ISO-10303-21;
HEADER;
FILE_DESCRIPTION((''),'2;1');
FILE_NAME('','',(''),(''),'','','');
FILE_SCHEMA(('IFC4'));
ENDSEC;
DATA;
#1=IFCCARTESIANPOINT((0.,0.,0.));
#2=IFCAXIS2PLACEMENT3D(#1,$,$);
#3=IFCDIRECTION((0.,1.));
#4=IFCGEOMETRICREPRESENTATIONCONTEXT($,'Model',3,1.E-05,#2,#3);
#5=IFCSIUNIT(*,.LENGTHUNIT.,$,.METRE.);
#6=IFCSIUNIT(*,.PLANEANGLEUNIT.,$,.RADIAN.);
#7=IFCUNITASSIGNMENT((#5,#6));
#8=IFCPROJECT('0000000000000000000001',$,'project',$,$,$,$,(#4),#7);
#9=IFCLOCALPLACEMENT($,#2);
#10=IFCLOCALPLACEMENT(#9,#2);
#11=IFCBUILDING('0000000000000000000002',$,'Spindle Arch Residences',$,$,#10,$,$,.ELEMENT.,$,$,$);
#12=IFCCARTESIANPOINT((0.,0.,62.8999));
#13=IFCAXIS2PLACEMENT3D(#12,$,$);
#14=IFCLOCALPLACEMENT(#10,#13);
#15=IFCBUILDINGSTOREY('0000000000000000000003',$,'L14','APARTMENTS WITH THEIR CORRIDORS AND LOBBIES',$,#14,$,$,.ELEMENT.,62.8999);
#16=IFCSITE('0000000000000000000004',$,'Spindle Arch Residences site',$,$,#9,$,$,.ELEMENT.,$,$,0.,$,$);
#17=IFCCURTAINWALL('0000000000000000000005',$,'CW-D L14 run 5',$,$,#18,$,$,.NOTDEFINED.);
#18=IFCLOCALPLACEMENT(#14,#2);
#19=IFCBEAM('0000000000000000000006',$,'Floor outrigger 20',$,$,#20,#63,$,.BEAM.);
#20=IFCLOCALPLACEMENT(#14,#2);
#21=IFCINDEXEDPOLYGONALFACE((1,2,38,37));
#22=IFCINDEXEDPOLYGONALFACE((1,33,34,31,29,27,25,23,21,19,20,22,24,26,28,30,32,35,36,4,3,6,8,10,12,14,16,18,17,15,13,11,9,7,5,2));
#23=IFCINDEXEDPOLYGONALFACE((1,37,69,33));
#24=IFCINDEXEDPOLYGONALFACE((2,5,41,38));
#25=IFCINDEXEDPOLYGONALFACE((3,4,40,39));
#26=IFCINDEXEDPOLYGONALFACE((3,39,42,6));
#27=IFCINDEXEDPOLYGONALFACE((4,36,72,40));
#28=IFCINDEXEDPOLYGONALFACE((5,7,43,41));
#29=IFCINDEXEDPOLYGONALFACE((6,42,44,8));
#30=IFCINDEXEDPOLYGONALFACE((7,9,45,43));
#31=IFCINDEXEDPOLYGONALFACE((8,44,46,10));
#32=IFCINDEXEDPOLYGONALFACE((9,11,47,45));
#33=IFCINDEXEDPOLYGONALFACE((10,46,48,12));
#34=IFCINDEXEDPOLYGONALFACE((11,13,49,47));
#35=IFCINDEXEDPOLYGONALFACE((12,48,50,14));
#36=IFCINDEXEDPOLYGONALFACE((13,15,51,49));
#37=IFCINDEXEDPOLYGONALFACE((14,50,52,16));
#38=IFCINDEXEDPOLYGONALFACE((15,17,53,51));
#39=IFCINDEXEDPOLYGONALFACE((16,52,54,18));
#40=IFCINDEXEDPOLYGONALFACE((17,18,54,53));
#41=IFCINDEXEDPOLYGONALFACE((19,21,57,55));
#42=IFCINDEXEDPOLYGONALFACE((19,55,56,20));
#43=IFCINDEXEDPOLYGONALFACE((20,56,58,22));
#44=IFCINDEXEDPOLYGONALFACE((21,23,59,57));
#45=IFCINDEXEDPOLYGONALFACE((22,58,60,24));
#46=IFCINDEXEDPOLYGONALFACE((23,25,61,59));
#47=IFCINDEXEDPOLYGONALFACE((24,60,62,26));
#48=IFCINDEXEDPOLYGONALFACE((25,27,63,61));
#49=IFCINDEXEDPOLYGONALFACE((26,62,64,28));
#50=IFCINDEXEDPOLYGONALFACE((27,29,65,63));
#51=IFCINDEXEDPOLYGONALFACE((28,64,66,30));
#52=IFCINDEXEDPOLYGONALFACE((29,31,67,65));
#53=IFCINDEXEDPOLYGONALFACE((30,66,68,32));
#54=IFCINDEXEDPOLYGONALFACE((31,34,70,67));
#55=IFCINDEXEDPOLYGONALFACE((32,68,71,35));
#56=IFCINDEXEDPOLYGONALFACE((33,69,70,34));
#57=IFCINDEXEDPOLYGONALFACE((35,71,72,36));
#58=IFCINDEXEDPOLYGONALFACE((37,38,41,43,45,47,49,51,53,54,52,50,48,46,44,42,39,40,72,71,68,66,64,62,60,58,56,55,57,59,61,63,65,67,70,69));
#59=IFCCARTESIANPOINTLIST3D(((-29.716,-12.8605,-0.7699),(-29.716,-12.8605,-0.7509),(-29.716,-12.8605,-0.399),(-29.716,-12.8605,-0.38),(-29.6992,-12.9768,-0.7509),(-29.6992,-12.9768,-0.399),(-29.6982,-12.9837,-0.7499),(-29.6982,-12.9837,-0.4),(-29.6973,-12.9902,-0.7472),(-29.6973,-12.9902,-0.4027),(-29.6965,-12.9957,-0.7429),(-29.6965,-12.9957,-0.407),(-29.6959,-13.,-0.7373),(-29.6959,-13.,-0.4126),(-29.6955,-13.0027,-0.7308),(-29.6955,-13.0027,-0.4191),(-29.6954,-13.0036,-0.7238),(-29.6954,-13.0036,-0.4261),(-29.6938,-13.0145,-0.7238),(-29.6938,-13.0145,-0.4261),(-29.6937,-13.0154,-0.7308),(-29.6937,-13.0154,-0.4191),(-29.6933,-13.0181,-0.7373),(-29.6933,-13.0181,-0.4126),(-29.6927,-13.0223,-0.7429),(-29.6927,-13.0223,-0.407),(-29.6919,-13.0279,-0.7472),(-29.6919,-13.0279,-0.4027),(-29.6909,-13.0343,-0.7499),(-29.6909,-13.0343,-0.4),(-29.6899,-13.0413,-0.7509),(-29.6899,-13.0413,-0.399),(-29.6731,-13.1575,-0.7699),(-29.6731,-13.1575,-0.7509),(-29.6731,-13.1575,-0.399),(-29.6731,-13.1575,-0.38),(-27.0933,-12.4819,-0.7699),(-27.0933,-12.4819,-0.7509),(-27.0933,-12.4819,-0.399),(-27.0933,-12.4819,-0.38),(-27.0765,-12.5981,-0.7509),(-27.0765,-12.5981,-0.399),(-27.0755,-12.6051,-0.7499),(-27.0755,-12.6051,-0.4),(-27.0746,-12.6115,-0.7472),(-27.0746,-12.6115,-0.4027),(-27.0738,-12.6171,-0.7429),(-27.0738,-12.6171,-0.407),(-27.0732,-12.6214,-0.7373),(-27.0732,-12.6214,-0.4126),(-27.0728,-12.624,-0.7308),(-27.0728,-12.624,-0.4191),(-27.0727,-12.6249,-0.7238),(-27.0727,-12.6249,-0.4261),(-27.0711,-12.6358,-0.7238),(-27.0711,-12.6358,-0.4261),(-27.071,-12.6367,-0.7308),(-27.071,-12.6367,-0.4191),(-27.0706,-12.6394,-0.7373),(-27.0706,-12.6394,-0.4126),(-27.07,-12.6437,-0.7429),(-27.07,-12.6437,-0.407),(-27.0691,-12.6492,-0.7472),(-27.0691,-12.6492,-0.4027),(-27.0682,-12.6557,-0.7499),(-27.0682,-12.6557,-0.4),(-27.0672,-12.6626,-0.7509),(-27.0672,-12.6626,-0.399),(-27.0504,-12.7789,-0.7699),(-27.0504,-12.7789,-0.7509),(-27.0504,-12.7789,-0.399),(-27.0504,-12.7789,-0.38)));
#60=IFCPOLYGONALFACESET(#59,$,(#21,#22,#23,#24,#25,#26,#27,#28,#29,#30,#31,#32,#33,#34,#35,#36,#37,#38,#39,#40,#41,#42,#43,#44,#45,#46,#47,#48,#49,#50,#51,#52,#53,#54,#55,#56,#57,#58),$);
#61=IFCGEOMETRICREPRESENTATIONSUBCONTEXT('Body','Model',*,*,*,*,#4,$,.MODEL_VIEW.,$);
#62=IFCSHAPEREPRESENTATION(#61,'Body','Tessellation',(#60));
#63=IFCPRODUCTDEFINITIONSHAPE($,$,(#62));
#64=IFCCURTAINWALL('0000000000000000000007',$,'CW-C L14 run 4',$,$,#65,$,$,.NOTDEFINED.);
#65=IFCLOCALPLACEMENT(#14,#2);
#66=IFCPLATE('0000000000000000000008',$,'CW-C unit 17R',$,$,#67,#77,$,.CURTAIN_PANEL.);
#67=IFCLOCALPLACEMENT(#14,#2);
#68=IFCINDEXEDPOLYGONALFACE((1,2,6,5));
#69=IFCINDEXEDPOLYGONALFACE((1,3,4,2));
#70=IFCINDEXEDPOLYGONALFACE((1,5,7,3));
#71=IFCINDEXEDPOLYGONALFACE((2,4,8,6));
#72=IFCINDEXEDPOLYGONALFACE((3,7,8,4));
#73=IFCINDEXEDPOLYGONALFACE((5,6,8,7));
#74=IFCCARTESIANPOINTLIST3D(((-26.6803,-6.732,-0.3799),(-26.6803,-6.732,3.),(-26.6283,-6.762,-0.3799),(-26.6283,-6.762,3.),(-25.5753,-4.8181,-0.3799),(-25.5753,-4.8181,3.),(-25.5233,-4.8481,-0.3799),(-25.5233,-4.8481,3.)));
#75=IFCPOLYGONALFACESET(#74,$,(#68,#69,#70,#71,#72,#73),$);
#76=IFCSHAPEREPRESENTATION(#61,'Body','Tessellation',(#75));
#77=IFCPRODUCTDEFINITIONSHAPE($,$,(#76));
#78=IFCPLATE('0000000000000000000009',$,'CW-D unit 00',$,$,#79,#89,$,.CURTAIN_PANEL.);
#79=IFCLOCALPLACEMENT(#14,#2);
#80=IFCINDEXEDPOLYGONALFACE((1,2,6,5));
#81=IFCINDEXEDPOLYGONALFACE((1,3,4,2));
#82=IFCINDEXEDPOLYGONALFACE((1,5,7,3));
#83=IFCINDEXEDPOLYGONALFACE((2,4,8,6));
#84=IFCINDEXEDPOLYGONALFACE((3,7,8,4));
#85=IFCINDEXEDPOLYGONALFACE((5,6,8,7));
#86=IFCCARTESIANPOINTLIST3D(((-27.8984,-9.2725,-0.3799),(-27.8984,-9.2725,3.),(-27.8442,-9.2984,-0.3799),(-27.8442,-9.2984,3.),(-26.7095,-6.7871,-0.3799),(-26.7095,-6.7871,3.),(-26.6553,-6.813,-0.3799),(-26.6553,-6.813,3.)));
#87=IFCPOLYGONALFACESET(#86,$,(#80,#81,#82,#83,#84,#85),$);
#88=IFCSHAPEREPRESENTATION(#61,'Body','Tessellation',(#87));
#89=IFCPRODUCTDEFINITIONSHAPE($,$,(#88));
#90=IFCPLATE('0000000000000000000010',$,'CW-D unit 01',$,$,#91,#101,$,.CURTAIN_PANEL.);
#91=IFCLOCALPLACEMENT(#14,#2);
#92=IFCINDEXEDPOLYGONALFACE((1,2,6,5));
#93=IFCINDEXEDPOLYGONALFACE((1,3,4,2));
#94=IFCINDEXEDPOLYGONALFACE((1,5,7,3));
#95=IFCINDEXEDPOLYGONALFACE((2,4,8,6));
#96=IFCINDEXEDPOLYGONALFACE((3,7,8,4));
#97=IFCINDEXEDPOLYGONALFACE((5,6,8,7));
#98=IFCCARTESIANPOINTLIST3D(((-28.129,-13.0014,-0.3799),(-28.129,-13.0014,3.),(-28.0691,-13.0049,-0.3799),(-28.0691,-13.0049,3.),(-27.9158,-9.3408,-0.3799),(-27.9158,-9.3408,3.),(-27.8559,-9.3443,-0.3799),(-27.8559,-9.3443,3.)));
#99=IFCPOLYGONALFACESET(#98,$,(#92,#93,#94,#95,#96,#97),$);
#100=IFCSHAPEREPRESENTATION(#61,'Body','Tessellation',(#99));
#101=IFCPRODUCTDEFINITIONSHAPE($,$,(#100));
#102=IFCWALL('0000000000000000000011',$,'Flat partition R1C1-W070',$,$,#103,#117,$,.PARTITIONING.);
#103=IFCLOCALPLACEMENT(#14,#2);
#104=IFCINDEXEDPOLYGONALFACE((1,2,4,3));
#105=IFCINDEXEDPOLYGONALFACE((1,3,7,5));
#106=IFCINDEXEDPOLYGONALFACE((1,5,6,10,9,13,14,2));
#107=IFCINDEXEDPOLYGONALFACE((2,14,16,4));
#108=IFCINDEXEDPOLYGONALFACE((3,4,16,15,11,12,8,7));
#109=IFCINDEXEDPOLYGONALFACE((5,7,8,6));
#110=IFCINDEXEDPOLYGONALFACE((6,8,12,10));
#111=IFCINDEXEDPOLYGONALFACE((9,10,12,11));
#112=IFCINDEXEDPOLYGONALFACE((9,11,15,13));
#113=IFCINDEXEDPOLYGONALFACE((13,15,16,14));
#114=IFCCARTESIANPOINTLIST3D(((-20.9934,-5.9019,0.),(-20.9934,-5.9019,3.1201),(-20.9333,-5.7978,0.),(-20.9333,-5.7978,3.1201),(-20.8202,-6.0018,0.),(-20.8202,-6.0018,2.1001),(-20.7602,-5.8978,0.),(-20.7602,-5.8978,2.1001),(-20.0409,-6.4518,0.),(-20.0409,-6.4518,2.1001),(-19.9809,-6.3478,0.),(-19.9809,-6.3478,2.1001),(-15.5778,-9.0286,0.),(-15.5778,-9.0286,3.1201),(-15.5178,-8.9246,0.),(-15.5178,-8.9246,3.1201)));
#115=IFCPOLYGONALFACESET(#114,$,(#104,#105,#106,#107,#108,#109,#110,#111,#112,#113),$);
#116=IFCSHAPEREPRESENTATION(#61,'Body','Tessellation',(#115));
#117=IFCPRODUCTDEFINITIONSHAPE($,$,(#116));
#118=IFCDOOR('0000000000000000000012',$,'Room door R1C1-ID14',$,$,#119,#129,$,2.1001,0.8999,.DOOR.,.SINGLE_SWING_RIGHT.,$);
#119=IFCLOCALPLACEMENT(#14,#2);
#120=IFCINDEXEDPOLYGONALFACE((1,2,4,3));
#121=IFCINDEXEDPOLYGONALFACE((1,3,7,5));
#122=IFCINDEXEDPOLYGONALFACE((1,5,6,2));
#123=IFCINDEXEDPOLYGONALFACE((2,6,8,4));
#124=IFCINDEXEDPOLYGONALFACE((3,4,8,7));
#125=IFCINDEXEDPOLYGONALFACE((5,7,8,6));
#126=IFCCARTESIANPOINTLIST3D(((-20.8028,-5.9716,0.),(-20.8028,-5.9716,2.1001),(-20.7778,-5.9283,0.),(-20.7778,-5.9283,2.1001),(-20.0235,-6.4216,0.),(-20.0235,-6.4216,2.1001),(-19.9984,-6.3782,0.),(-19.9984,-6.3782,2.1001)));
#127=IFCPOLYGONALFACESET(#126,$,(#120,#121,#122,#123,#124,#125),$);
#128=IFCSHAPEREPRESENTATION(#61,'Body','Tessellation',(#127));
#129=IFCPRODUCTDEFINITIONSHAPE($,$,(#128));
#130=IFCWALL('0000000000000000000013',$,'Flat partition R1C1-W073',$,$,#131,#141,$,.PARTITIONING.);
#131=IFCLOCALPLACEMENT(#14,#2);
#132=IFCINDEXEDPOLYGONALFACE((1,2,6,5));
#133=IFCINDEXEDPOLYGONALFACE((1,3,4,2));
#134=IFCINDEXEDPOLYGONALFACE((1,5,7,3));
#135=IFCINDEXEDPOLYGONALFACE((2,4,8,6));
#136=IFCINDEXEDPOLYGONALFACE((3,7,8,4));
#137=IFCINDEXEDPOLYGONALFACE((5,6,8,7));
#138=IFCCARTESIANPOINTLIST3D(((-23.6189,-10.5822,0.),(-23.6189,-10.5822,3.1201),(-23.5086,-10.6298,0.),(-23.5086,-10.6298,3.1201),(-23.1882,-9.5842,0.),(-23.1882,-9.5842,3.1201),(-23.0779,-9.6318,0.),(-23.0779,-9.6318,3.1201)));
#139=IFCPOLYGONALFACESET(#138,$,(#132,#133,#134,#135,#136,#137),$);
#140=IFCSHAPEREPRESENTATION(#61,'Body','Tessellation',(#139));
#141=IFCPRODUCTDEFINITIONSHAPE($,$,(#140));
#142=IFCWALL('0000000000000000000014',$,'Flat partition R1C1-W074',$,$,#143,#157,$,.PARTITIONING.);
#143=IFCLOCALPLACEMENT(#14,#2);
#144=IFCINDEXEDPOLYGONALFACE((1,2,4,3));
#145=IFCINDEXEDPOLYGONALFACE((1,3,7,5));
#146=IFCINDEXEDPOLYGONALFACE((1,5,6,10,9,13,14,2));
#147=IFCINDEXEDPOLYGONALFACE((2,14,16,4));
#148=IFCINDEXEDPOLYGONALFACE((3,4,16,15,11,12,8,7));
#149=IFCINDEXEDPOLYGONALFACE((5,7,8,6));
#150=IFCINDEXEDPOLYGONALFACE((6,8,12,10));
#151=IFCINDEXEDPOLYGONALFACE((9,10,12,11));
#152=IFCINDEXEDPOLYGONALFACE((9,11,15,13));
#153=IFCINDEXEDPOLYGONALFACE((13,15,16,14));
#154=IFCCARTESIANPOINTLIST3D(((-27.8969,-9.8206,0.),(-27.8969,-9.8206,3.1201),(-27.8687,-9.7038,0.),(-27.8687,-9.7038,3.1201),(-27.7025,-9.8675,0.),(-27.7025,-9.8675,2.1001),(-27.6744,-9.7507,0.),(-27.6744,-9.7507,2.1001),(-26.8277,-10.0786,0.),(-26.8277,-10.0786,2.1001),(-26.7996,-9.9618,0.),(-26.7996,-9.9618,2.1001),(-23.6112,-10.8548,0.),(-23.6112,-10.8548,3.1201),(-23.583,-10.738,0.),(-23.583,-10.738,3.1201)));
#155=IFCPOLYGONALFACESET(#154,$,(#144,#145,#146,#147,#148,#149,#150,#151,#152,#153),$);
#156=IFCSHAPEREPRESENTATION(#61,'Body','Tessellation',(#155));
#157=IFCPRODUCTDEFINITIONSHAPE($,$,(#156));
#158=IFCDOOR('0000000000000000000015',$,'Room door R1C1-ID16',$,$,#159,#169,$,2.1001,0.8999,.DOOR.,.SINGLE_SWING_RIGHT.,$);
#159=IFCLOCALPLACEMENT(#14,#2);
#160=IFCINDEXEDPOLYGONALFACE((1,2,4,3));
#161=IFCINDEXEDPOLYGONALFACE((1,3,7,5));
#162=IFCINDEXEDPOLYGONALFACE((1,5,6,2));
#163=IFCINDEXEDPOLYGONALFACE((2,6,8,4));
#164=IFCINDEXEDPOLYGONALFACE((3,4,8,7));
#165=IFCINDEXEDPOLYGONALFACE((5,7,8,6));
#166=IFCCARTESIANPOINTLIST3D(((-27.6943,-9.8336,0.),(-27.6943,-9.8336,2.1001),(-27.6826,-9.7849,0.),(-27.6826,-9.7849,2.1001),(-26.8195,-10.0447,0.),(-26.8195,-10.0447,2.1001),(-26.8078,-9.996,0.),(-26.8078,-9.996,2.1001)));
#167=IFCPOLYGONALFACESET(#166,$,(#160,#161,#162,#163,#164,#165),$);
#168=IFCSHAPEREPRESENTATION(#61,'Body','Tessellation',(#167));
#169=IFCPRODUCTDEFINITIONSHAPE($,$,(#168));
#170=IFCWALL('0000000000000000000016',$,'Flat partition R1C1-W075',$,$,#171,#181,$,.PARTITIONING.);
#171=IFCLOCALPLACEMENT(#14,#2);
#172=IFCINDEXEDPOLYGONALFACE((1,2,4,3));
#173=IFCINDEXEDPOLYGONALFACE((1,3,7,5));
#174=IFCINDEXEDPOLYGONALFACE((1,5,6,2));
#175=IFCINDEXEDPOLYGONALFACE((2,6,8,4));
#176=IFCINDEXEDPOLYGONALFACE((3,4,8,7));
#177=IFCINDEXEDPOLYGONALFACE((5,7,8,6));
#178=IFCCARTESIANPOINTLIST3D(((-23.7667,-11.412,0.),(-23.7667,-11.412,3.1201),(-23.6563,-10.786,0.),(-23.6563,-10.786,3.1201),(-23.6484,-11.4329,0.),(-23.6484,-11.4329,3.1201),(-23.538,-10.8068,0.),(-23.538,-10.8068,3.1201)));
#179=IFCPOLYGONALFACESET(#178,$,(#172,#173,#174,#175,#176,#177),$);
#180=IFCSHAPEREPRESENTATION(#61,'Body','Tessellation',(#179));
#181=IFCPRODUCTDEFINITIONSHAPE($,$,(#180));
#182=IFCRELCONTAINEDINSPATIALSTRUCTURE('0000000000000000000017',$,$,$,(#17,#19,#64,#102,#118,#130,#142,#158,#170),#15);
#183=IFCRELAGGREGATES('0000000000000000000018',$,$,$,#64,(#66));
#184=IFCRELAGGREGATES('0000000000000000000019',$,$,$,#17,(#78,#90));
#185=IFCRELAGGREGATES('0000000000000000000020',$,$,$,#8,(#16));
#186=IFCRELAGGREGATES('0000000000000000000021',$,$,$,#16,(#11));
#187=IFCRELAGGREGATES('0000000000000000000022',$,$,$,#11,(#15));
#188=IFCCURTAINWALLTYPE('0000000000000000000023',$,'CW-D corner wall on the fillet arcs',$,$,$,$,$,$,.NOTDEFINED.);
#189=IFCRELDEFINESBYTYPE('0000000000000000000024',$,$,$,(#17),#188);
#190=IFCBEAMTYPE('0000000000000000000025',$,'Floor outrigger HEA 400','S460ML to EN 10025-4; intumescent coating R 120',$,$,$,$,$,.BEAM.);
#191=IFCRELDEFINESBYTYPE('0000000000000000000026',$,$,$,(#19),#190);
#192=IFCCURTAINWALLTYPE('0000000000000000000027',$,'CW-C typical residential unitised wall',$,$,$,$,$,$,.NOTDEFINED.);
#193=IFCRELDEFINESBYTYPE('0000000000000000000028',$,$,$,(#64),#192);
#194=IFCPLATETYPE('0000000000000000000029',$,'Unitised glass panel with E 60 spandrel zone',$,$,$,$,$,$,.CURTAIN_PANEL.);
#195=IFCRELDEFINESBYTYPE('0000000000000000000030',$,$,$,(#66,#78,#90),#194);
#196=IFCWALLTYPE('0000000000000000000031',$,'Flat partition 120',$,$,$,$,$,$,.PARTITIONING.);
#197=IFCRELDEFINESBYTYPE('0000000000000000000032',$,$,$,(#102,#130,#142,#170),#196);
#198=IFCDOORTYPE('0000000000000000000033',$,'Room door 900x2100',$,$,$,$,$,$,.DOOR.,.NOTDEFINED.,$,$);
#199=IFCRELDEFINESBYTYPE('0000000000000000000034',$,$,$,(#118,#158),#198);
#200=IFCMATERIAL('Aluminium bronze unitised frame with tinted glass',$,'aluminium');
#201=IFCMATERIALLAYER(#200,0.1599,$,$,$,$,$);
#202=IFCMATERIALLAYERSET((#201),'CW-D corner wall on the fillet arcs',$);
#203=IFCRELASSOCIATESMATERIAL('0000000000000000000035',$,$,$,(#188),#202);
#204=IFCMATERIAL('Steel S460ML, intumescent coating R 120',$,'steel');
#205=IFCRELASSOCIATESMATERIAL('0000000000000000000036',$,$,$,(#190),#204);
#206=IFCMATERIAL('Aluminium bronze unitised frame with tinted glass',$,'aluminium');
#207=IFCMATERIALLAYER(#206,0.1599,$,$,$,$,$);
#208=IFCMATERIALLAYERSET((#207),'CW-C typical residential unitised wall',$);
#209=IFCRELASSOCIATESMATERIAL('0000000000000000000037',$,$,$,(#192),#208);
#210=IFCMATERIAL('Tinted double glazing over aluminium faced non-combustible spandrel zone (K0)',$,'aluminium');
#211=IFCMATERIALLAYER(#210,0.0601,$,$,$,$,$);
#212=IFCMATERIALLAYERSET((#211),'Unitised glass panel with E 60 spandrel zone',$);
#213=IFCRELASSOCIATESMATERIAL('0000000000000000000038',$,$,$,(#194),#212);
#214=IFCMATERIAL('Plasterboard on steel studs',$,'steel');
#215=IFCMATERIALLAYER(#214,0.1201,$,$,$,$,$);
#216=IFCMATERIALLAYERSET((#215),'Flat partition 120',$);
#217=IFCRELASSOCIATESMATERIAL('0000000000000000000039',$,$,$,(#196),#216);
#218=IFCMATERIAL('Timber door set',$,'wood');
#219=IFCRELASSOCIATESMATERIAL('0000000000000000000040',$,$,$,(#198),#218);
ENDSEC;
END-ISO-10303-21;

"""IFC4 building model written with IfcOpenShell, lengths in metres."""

from ifc_helpers import new_model, si_unit, direction, frame, frame_2d, origin, origin_2d, place, context, subcontext, project, spatial, rectangle, i_section, extrude, material, layer, layer_set, material_profile, profile_set, type_object, element, fill, aggregate, save


model = new_model("IFC4")

# Units and contexts
model_context = context("Model", 3, precision=1e-05, world=origin(), true_north=direction((0.0, 1.0)))
body_context = subcontext(model_context, "Body", "Model", "MODEL_VIEW")
ifc_project = project(units=[si_unit("LENGTHUNIT", "METRE"), si_unit("PLANEANGLEUNIT", "RADIAN")], contexts=[model_context])

# Site, building, storey
site_placement = place(None, origin())
site = spatial("IfcSite", under=ifc_project, at=site_placement, Name="Spindle Arch Residences site", CompositionType="ELEMENT", RefElevation=0.0)
building_placement = place(site_placement, origin())
building = spatial("IfcBuilding", under=site, at=building_placement, Name="Spindle Arch Residences", CompositionType="ELEMENT")
storey_placement = place(building_placement, frame((0.0, 0.0, 62.8999)))
storey = spatial("IfcBuildingStorey", under=building, at=storey_placement, Name="L14", Description="APARTMENTS WITH THEIR CORRIDORS AND LOBBIES", CompositionType="ELEMENT", Elevation=62.8999)

# Curtain wall
ifc_material_1 = material(Name="Aluminium bronze unitised frame with tinted glass", Category="aluminium")
ifc_layer_1 = layer(ifc_material_1, 0.1599)
ifc_layer_set_1 = layer_set([ifc_layer_1], Name="CW-D corner wall on the fillet arcs")
curtain_wall_type_1 = type_object("IfcCurtainWallType", Name="CW-D corner wall on the fillet arcs", PredefinedType="NOTDEFINED", material=ifc_layer_set_1)
curtain_wall_1_placement = place(storey_placement, origin())
curtain_wall_1 = element("IfcCurtainWall", 1, at=curtain_wall_1_placement, inside=storey, type_object=curtain_wall_type_1, Name="CW-D L14 run 5", PredefinedType="NOTDEFINED")

# Beam
ifc_material_2 = material(Name="Steel S460ML, intumescent coating R 120", Category="steel")
ifc_material_profile_1 = material_profile(ifc_material_2, i_section(OverallWidth=0.3, OverallDepth=0.3899, WebThickness=0.011, FlangeThickness=0.019, FilletRadius=0.0271, at=origin_2d()), Name="HEA 400")
ifc_profile_set_1 = profile_set([ifc_material_profile_1], Name="Steel S460ML, intumescent coating R 120")
beam_type_1 = type_object("IfcBeamType", Name="Floor outrigger HEA 400", Description="S460ML to EN 10025-4; intumescent coating R 120", PredefinedType="BEAM", material=ifc_profile_set_1)
beam_1_placement = place(storey_placement, frame((-29.6946, -13.009, -0.575), z_axis=(0.989738, 0.142892, 0.0), x_axis=(-0.142892, 0.989738, 0.0)))
element("IfcBeam", 2, at=beam_1_placement, inside=storey, type_object=beam_type_1, Name="Floor outrigger 20", PredefinedType="BEAM", context=body_context, shape_type="SweptSolid", body=[
    extrude(i_section(OverallWidth=0.3, OverallDepth=0.3899, WebThickness=0.011, FlangeThickness=0.019, FilletRadius=0.0271, at=origin_2d()), origin(), (0.0, 0.0, 1.0), 2.6499),
])

# Curtain wall, plate
ifc_material_3 = material(Name="Aluminium bronze unitised frame with tinted glass", Category="aluminium")
ifc_layer_2 = layer(ifc_material_3, 0.1599)
ifc_layer_set_2 = layer_set([ifc_layer_2], Name="CW-C typical residential unitised wall")
curtain_wall_type_2 = type_object("IfcCurtainWallType", Name="CW-C typical residential unitised wall", PredefinedType="NOTDEFINED", material=ifc_layer_set_2)
curtain_wall_2_placement = place(storey_placement, origin())
curtain_wall_2 = element("IfcCurtainWall", 3, at=curtain_wall_2_placement, inside=storey, type_object=curtain_wall_type_2, Name="CW-C L14 run 4", PredefinedType="NOTDEFINED")
ifc_material_4 = material(Name="Tinted double glazing over aluminium faced non-combustible spandrel zone (K0)", Category="aluminium")
ifc_layer_3 = layer(ifc_material_4, 0.0601)
ifc_layer_set_3 = layer_set([ifc_layer_3], Name="Unitised glass panel with E 60 spandrel zone")
plate_type = type_object("IfcPlateType", Name="Unitised glass panel with E 60 spandrel zone", PredefinedType="CURTAIN_PANEL", material=ifc_layer_set_3)
plate_1_placement = place(storey_placement, frame((-26.1018, -5.79, -0.3799), z_axis=(0.0, 0.0, 1.0), x_axis=(-0.5, -0.866025, 0.0)))
plate_1 = element("IfcPlate", 4, at=plate_1_placement, type_object=plate_type, Name="CW-C unit 17R", PredefinedType="CURTAIN_PANEL", context=body_context, shape_type="SweptSolid", body=[
    extrude(rectangle(XDim=2.21, YDim=0.0601, at=origin_2d()), origin(), (0.0, 0.0, 1.0), 3.3799),
])
aggregate(curtain_wall_2, [plate_1])

# Plates
plate_2_placement = place(storey_placement, frame((-27.2769, -8.0427, -0.3799), z_axis=(0.0, 0.0, 1.0), x_axis=(-0.431502, -0.902112, 0.0)))
plate_2 = element("IfcPlate", 5, at=plate_2_placement, type_object=plate_type, Name="CW-D unit 00", PredefinedType="CURTAIN_PANEL", context=body_context, shape_type="SweptSolid", body=[
    extrude(rectangle(XDim=2.7551, YDim=0.0601, at=origin_2d()), origin(), (0.0, 0.0, 1.0), 3.3799),
])
plate_3_placement = place(storey_placement, frame((-27.9924, -11.1729, -0.3799), z_axis=(0.0, 0.0, 1.0), x_axis=(-0.058145, -0.998308, 0.0)))
plate_3 = element("IfcPlate", 6, at=plate_3_placement, type_object=plate_type, Name="CW-D unit 01", PredefinedType="CURTAIN_PANEL", context=body_context, shape_type="SweptSolid", body=[
    extrude(rectangle(XDim=3.6667, YDim=0.0601, at=origin_2d()), origin(), (0.0, 0.0, 1.0), 3.3799),
])
aggregate(curtain_wall_1, [plate_2, plate_3])

# Wall, opening, door
ifc_material_5 = material(Name="Plasterboard on steel studs", Category="steel")
ifc_layer_4 = layer(ifc_material_5, 0.1201)
ifc_layer_set_4 = layer_set([ifc_layer_4], Name="Flat partition 120")
wall_type_1 = type_object("IfcWallType", Name="Flat partition 120", PredefinedType="PARTITIONING", material=ifc_layer_set_4)
wall_1_placement = place(storey_placement, frame((-20.9634, -5.8499, 0.0), z_axis=(0.0, 0.0, 1.0), x_axis=(0.866022, -0.500006, 0.0)))
wall_1 = element("IfcWall", 7, at=wall_1_placement, inside=storey, type_object=wall_type_1, Name="Flat partition R1C1-W070", PredefinedType="PARTITIONING", context=body_context, shape_type="SweptSolid", body=[
    extrude(rectangle(XDim=6.2534, YDim=0.1201, at=frame_2d((3.1267, 0.0))), origin(), (0.0, 0.0, 1.0), 3.1201),
])
opening_1_placement = place(wall_1_placement, frame((0.2, 0.0, 0.0)))
opening_1 = element("IfcOpeningElement", 8, at=opening_1_placement, cuts=wall_1, PredefinedType="OPENING", context=body_context, shape_type="SweptSolid", body=[
    extrude(rectangle(XDim=0.8999, YDim=2.1001, at=frame_2d((0.45, 1.05))), frame((0.0, 0.0701, 0.0), z_axis=(0.0, -1.0, 0.0), x_axis=(1.0, 0.0, 0.0)), (0.0, 0.0, 1.0), 0.1401),
])
ifc_material_6 = material(Name="Timber door set", Category="wood")
door_type_1 = type_object("IfcDoorType", Name="Room door 900x2100", OperationType="NOTDEFINED", PredefinedType="DOOR", material=ifc_material_6)
door_1_placement = place(opening_1_placement, origin())
door_1 = element("IfcDoor", 9, at=door_1_placement, inside=storey, type_object=door_type_1, Name="Room door R1C1-ID14", OperationType="SINGLE_SWING_RIGHT", OverallHeight=2.1001, OverallWidth=0.8999, PredefinedType="DOOR", context=body_context, shape_type="SweptSolid", body=[
    extrude(rectangle(XDim=0.8999, YDim=2.1001, at=frame_2d((0.45, 1.05))), frame((0.0, 0.0249, 0.0), z_axis=(0.0, -1.0, 0.0), x_axis=(1.0, 0.0, 0.0)), (0.0, 0.0, 1.0), 0.05),
])
fill(opening_1, door_1)

# Wall
wall_2_placement = place(storey_placement, frame((-23.5637, -10.606, 0.0), z_axis=(0.0, 0.0, 1.0), x_axis=(0.396195, 0.918166, 0.0)))
element("IfcWall", 10, at=wall_2_placement, inside=storey, type_object=wall_type_1, Name="Flat partition R1C1-W073", PredefinedType="PARTITIONING", context=body_context, shape_type="SweptSolid", body=[
    extrude(rectangle(XDim=1.0869, YDim=0.1201, at=frame_2d((0.5435, 0.0))), origin(), (0.0, 0.0, 1.0), 3.1201),
])

# Wall, opening, door
wall_3_placement = place(storey_placement, frame((-27.8828, -9.7622, 0.0), z_axis=(0.0, 0.0, 1.0), x_axis=(0.972097, -0.234579, 0.0)))
wall_3 = element("IfcWall", 11, at=wall_3_placement, inside=storey, type_object=wall_type_1, Name="Flat partition R1C1-W074", PredefinedType="PARTITIONING", context=body_context, shape_type="SweptSolid", body=[
    extrude(rectangle(XDim=4.4087, YDim=0.1201, at=frame_2d((2.2043, 0.0))), origin(), (0.0, 0.0, 1.0), 3.1201),
])
opening_2_placement = place(wall_3_placement, frame((0.2, 0.0, 0.0)))
opening_2 = element("IfcOpeningElement", 12, at=opening_2_placement, cuts=wall_3, PredefinedType="OPENING", context=body_context, shape_type="SweptSolid", body=[
    extrude(rectangle(XDim=0.8999, YDim=2.1001, at=frame_2d((0.45, 1.05))), frame((0.0, 0.0701, 0.0), z_axis=(0.0, -1.0, 0.0), x_axis=(1.0, 0.0, 0.0)), (0.0, 0.0, 1.0), 0.1401),
])
door_2_placement = place(opening_2_placement, origin())
door_2 = element("IfcDoor", 13, at=door_2_placement, inside=storey, type_object=door_type_1, Name="Room door R1C1-ID16", OperationType="SINGLE_SWING_RIGHT", OverallHeight=2.1001, OverallWidth=0.8999, PredefinedType="DOOR", context=body_context, shape_type="SweptSolid", body=[
    extrude(rectangle(XDim=0.8999, YDim=2.1001, at=frame_2d((0.45, 1.05))), frame((0.0, 0.0249, 0.0), z_axis=(0.0, -1.0, 0.0), x_axis=(1.0, 0.0, 0.0)), (0.0, 0.0, 1.0), 0.05),
])
fill(opening_2, door_2)

# Wall
wall_4_placement = place(storey_placement, frame((-23.5972, -10.7964, 0.0), z_axis=(0.0, 0.0, 1.0), x_axis=(-0.17361, -0.984814, 0.0)))
element("IfcWall", 14, at=wall_4_placement, inside=storey, type_object=wall_type_1, Name="Flat partition R1C1-W075", PredefinedType="PARTITIONING", context=body_context, shape_type="SweptSolid", body=[
    extrude(rectangle(XDim=0.6357, YDim=0.1201, at=frame_2d((0.3179, 0.0))), origin(), (0.0, 0.0, 1.0), 3.1201),
])

save(model, "model.ifc")
